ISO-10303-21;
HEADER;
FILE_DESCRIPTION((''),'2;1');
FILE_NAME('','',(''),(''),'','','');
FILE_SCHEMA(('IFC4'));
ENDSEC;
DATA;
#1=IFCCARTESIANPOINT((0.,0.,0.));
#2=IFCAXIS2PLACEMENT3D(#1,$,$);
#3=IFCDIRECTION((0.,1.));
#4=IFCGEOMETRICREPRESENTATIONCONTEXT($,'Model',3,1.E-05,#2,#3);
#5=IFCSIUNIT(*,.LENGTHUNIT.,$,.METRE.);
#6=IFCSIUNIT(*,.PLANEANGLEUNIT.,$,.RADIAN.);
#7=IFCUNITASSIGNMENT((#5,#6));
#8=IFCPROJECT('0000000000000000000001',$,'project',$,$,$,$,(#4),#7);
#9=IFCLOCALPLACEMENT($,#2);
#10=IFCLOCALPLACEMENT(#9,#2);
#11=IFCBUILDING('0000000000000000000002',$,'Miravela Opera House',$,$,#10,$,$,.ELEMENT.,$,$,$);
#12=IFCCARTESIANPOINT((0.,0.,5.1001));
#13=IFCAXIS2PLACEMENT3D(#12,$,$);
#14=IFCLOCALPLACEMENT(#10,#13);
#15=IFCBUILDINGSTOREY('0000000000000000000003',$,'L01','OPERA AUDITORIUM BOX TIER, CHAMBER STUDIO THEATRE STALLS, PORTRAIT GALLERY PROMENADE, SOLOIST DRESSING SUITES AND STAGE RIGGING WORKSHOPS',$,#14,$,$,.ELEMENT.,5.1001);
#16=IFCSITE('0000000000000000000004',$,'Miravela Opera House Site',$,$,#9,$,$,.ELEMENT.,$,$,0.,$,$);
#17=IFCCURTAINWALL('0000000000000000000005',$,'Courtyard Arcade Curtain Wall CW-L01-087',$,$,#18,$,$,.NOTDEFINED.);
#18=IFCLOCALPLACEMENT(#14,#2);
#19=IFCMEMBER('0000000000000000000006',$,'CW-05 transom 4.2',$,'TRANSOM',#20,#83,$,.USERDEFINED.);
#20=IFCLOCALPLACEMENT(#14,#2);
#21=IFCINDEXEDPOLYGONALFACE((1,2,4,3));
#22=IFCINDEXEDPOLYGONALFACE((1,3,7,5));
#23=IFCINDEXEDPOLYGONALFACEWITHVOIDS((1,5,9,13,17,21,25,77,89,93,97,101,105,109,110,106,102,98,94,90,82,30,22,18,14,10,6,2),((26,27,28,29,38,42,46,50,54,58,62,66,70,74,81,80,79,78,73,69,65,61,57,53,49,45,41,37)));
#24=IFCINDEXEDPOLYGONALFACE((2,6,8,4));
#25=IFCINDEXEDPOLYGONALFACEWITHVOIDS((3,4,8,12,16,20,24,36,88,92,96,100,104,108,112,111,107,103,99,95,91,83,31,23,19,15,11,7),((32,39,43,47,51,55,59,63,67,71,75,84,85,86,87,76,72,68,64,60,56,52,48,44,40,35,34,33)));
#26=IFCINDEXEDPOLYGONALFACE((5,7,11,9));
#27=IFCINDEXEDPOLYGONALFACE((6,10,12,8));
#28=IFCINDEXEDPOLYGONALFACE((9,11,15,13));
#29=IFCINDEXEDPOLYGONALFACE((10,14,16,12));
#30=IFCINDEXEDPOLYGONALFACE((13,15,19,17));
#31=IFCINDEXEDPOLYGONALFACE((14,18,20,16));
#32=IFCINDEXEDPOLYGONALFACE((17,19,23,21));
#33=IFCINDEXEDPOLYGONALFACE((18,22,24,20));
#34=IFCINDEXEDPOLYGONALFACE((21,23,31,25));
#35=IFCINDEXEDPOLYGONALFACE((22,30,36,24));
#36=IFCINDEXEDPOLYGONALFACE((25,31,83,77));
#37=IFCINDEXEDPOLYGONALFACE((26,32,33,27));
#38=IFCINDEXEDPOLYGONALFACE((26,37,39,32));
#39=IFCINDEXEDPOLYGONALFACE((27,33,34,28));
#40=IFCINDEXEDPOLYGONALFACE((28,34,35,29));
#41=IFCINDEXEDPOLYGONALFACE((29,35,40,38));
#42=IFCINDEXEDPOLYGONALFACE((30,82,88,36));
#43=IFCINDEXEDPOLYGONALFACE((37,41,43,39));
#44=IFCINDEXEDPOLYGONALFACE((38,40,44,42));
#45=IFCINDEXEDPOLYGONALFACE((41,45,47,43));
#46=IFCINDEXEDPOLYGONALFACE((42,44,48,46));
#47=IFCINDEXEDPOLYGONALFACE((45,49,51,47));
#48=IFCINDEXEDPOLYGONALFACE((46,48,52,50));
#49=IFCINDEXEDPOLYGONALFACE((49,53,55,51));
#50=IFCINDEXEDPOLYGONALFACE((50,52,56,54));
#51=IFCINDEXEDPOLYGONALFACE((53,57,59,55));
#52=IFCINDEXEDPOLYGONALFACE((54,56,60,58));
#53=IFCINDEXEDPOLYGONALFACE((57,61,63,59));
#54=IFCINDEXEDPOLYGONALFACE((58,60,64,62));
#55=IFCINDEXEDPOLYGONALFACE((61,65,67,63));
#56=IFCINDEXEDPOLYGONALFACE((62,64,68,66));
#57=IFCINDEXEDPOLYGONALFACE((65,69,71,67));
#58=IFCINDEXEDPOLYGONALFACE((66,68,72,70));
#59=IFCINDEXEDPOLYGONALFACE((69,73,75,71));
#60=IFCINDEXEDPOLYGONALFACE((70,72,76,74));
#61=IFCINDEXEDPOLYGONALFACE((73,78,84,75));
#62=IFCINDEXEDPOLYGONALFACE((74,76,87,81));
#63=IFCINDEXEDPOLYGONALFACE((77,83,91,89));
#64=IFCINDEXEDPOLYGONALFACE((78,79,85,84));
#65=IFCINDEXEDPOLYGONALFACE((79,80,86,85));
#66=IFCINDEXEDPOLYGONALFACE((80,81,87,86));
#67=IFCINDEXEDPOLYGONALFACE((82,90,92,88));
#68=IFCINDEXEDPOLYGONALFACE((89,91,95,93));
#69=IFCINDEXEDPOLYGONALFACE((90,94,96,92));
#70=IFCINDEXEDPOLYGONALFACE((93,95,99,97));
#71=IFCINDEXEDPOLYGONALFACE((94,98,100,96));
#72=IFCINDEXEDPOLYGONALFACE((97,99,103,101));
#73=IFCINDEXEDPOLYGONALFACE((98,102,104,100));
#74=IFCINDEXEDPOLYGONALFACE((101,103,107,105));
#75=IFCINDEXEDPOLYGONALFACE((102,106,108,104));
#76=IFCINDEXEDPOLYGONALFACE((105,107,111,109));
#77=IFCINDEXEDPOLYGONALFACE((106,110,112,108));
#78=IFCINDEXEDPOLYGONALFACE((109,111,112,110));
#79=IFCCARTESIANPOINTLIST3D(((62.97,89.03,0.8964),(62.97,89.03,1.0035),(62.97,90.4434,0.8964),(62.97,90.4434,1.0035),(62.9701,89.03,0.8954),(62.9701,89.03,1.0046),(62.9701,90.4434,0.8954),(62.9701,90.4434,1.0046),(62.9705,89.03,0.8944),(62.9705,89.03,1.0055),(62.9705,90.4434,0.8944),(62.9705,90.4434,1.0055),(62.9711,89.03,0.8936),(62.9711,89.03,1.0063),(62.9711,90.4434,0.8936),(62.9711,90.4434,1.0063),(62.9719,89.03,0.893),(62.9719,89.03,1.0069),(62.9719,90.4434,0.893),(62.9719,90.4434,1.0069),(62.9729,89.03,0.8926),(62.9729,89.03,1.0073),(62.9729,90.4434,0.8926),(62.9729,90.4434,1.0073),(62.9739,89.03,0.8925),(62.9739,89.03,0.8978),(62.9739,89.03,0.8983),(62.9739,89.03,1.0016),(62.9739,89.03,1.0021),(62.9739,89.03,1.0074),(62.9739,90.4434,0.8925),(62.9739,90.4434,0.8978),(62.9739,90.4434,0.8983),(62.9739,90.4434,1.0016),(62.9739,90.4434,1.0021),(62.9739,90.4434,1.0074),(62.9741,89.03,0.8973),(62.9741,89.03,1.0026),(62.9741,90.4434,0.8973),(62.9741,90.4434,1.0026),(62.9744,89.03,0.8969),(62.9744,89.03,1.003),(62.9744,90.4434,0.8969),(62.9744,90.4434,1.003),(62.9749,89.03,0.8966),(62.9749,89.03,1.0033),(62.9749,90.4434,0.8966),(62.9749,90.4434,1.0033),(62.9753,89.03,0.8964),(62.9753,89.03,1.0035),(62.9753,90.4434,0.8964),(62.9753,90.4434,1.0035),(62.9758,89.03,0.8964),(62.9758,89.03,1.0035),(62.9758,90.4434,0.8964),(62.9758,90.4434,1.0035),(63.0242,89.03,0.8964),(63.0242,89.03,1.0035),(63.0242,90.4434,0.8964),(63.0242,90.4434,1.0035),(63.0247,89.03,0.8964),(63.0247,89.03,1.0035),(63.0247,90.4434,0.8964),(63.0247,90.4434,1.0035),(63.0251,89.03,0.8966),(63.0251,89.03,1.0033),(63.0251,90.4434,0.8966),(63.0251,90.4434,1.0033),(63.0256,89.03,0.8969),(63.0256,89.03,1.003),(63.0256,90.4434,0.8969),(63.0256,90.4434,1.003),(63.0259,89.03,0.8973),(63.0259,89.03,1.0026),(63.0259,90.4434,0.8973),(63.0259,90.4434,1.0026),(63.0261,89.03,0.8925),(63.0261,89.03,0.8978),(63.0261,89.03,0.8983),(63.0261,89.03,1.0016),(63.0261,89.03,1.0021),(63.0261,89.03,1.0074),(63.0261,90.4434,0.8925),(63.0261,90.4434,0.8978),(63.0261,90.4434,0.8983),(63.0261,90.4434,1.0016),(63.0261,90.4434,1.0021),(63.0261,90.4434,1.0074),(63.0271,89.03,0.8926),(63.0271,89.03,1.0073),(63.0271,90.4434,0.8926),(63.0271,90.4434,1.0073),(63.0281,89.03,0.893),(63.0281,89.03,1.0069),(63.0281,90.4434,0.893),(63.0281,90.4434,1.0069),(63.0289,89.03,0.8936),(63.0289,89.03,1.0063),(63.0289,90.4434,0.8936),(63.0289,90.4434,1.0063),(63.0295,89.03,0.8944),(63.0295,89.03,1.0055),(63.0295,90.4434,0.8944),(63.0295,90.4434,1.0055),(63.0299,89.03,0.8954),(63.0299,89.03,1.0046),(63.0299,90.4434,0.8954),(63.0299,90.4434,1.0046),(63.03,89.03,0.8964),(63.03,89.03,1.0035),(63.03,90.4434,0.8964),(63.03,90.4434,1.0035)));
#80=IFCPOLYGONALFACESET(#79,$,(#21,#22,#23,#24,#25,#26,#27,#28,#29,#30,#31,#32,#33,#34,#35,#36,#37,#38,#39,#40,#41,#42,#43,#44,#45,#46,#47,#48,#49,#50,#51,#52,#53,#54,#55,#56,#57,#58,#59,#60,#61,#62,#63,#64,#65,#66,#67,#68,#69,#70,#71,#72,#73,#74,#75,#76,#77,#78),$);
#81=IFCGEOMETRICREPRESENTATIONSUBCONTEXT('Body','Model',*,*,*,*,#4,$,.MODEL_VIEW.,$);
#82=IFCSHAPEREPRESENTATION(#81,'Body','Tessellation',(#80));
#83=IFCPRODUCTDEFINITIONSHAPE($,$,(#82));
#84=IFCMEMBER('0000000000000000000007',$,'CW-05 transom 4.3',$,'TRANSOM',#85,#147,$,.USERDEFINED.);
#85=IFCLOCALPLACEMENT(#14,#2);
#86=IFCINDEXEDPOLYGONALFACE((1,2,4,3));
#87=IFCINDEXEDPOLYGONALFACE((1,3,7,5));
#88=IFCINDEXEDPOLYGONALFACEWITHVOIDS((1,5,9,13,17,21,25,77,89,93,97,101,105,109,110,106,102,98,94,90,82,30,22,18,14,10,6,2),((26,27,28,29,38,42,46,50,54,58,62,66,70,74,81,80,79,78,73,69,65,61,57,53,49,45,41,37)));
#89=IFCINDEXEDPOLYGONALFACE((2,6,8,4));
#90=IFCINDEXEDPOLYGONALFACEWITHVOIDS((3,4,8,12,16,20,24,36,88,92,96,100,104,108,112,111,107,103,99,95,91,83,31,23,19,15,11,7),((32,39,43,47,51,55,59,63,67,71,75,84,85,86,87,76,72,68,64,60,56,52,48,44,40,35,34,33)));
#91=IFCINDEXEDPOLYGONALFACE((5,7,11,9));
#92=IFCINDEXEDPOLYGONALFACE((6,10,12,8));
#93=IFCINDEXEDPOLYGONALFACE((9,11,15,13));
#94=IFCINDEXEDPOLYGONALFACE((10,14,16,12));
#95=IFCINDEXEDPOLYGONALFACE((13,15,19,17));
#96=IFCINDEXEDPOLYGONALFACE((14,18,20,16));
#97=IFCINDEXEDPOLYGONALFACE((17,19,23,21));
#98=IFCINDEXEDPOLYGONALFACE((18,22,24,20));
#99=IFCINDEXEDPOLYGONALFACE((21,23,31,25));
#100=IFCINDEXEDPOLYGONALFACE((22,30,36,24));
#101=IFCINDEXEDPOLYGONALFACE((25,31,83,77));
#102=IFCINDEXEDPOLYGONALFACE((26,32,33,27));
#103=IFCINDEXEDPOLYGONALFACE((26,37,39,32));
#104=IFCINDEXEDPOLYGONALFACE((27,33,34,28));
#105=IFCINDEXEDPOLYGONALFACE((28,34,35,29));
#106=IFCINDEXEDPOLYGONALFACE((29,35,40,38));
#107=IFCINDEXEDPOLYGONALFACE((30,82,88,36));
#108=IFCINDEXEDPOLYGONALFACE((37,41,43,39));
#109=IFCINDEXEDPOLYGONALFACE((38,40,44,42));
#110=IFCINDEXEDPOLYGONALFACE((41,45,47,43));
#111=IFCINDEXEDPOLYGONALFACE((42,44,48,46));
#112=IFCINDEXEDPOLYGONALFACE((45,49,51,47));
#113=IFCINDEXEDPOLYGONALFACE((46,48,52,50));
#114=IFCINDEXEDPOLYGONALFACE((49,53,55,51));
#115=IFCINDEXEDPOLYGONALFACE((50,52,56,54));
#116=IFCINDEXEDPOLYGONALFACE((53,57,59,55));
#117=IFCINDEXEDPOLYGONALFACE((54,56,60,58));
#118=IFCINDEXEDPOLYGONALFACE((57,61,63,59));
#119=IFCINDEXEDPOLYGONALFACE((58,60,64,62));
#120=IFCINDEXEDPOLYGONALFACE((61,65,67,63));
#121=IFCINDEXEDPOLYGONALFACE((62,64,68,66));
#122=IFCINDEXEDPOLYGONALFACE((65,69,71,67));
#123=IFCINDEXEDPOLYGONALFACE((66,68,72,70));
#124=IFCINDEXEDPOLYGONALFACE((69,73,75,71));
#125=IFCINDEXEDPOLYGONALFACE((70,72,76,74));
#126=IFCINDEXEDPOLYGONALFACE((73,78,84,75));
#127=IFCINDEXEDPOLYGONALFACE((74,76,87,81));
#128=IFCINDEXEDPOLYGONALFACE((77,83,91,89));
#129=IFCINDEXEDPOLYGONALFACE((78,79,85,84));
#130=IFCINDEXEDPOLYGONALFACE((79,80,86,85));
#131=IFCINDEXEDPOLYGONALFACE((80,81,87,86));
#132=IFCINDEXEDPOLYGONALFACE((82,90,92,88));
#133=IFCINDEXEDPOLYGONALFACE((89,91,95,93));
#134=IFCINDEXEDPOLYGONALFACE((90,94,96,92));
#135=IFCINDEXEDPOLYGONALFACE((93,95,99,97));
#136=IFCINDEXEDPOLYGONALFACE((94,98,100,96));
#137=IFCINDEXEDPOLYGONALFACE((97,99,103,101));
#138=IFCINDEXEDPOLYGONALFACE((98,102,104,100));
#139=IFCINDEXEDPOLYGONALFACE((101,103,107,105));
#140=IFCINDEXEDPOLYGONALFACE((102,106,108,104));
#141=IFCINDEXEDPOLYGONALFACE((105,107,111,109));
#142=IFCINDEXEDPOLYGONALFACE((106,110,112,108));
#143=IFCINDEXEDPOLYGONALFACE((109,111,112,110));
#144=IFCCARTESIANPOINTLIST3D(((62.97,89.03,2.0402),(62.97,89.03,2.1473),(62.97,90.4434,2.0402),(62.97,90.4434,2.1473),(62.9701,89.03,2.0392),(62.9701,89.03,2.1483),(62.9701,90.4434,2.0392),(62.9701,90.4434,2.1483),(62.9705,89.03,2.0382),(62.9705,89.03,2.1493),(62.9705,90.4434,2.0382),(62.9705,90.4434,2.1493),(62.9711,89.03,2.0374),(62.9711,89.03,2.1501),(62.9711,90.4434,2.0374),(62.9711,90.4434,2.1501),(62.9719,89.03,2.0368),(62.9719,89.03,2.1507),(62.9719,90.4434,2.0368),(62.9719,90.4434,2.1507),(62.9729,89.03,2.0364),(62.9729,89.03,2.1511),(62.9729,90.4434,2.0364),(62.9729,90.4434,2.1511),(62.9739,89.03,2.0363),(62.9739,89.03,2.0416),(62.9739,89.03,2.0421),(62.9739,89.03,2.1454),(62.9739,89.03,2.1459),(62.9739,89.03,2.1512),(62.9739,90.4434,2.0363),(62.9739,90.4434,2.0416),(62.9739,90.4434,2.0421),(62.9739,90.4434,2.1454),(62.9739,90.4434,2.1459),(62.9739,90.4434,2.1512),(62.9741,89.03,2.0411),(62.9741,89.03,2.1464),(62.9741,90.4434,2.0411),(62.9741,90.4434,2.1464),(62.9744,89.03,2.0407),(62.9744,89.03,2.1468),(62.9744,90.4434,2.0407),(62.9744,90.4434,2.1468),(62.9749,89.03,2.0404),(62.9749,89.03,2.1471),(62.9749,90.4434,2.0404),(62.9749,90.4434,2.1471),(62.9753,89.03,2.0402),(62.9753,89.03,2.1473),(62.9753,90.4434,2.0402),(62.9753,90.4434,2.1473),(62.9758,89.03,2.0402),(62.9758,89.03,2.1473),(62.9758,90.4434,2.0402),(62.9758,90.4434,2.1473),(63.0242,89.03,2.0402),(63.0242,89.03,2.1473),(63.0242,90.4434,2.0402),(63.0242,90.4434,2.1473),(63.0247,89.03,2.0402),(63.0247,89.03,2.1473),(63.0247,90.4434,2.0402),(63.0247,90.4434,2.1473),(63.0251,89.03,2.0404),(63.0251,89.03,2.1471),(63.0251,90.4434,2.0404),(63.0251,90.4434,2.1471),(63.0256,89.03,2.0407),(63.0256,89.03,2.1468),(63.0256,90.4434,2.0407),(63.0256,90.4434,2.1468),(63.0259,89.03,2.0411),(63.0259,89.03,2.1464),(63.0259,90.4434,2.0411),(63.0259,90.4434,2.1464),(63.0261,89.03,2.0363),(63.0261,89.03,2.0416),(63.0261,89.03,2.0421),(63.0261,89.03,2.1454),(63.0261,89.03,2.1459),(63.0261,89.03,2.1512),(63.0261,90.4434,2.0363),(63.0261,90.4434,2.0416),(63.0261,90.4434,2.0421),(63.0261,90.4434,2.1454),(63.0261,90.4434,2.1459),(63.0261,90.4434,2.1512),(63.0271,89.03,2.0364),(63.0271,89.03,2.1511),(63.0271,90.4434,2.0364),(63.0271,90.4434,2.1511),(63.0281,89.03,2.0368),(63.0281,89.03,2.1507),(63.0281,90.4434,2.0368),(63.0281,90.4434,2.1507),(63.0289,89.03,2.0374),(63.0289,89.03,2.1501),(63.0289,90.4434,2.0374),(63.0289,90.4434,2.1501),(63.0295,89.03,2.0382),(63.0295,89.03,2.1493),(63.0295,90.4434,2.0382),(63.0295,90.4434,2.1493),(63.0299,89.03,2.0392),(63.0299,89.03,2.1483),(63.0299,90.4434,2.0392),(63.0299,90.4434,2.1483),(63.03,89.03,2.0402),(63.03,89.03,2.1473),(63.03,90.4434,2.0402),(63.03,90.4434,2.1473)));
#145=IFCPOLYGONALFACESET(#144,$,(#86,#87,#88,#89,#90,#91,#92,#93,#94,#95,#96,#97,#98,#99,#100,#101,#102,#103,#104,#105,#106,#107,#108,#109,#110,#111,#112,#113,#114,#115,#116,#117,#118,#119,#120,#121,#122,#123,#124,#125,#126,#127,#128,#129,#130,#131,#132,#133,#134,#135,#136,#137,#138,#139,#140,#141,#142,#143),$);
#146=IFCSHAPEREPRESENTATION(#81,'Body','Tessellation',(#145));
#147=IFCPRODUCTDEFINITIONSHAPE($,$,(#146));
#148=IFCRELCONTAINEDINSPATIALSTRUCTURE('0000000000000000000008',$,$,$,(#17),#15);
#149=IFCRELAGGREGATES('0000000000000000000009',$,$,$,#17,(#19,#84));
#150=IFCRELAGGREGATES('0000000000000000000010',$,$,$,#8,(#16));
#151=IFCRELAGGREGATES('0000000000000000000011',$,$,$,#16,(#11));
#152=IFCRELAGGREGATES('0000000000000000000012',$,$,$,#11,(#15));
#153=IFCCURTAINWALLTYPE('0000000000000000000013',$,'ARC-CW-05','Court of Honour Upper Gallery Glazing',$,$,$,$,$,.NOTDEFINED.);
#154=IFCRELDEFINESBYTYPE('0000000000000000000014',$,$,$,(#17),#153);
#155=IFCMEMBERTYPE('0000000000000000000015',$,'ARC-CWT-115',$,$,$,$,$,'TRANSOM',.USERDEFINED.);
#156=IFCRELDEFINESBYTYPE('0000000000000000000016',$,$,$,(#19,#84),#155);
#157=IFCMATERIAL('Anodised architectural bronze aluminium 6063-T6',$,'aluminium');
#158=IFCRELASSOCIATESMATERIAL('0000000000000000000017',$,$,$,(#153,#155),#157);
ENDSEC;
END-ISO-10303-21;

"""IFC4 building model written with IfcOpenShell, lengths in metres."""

from ifc_helpers import new_model, si_unit, direction, frame, origin, origin_2d, place, context, subcontext, project, spatial, hollow_rectangle, extrude, material, material_profile, profile_set, type_object, element, aggregate, save


model = new_model("IFC4")

# Units and contexts
model_context = context("Model", 3, precision=1e-05, world=origin(), true_north=direction((0.0, 1.0)))
body_context = subcontext(model_context, "Body", "Model", "MODEL_VIEW")
ifc_project = project(units=[si_unit("LENGTHUNIT", "METRE"), si_unit("PLANEANGLEUNIT", "RADIAN")], contexts=[model_context])

# Site, building, storey
site_placement = place(None, origin())
site = spatial("IfcSite", under=ifc_project, at=site_placement, Name="Miravela Opera House Site", CompositionType="ELEMENT", RefElevation=0.0)
building_placement = place(site_placement, origin())
building = spatial("IfcBuilding", under=site, at=building_placement, Name="Miravela Opera House", CompositionType="ELEMENT")
storey_placement = place(building_placement, frame((0.0, 0.0, 5.1001)))
storey = spatial("IfcBuildingStorey", under=building, at=storey_placement, Name="L01", Description="OPERA AUDITORIUM BOX TIER, CHAMBER STUDIO THEATRE STALLS, PORTRAIT GALLERY PROMENADE, SOLOIST DRESSING SUITES AND STAGE RIGGING WORKSHOPS", CompositionType="ELEMENT", Elevation=5.1001)

# Curtain wall, members
ifc_material_1 = material(Name="Anodised architectural bronze aluminium 6063-T6", Category="aluminium")
curtain_wall_type = type_object("IfcCurtainWallType", Name="ARC-CW-05", Description="Court of Honour Upper Gallery Glazing", PredefinedType="NOTDEFINED", material=ifc_material_1)
curtain_wall_placement = place(storey_placement, origin())
curtain_wall = element("IfcCurtainWall", 1, at=curtain_wall_placement, inside=storey, type_object=curtain_wall_type, Name="Courtyard Arcade Curtain Wall CW-L01-087", PredefinedType="NOTDEFINED")
ifc_material_profile_1 = material_profile(ifc_material_1, hollow_rectangle(XDim=0.0601, YDim=0.115, WallThickness=0.0039, InnerFilletRadius=0.002, OuterFilletRadius=0.0039, at=origin_2d()), Name="CWT-60X115")
ifc_profile_set_1 = profile_set([ifc_material_profile_1])
member_type_1 = type_object("IfcMemberType", Name="ARC-CWT-115", ElementType="TRANSOM", PredefinedType="USERDEFINED", material=ifc_profile_set_1)
member_1_placement = place(storey_placement, frame((63.0, 89.03, 0.95), z_axis=(0.0, 1.0, 0.0), x_axis=(-1.0, 0.0, 0.0)))
member_1 = element("IfcMember", 2, at=member_1_placement, type_object=member_type_1, Name="CW-05 transom 4.2", ObjectType="TRANSOM", PredefinedType="USERDEFINED", context=body_context, shape_type="SweptSolid", body=[
    extrude(hollow_rectangle(XDim=0.0601, YDim=0.115, WallThickness=0.0039, InnerFilletRadius=0.002, OuterFilletRadius=0.0039, at=origin_2d()), origin(), (0.0, 0.0, 1.0), 1.4133),
])
member_2_placement = place(storey_placement, frame((63.0, 89.03, 2.0938), z_axis=(0.0, 1.0, 0.0), x_axis=(-1.0, 0.0, 0.0)))
member_2 = element("IfcMember", 3, at=member_2_placement, type_object=member_type_1, Name="CW-05 transom 4.3", ObjectType="TRANSOM", PredefinedType="USERDEFINED", context=body_context, shape_type="SweptSolid", body=[
    extrude(hollow_rectangle(XDim=0.0601, YDim=0.115, WallThickness=0.0039, InnerFilletRadius=0.002, OuterFilletRadius=0.0039, at=origin_2d()), origin(), (0.0, 0.0, 1.0), 1.4133),
])
aggregate(curtain_wall, [member_1, member_2])

save(model, "model.ifc")
